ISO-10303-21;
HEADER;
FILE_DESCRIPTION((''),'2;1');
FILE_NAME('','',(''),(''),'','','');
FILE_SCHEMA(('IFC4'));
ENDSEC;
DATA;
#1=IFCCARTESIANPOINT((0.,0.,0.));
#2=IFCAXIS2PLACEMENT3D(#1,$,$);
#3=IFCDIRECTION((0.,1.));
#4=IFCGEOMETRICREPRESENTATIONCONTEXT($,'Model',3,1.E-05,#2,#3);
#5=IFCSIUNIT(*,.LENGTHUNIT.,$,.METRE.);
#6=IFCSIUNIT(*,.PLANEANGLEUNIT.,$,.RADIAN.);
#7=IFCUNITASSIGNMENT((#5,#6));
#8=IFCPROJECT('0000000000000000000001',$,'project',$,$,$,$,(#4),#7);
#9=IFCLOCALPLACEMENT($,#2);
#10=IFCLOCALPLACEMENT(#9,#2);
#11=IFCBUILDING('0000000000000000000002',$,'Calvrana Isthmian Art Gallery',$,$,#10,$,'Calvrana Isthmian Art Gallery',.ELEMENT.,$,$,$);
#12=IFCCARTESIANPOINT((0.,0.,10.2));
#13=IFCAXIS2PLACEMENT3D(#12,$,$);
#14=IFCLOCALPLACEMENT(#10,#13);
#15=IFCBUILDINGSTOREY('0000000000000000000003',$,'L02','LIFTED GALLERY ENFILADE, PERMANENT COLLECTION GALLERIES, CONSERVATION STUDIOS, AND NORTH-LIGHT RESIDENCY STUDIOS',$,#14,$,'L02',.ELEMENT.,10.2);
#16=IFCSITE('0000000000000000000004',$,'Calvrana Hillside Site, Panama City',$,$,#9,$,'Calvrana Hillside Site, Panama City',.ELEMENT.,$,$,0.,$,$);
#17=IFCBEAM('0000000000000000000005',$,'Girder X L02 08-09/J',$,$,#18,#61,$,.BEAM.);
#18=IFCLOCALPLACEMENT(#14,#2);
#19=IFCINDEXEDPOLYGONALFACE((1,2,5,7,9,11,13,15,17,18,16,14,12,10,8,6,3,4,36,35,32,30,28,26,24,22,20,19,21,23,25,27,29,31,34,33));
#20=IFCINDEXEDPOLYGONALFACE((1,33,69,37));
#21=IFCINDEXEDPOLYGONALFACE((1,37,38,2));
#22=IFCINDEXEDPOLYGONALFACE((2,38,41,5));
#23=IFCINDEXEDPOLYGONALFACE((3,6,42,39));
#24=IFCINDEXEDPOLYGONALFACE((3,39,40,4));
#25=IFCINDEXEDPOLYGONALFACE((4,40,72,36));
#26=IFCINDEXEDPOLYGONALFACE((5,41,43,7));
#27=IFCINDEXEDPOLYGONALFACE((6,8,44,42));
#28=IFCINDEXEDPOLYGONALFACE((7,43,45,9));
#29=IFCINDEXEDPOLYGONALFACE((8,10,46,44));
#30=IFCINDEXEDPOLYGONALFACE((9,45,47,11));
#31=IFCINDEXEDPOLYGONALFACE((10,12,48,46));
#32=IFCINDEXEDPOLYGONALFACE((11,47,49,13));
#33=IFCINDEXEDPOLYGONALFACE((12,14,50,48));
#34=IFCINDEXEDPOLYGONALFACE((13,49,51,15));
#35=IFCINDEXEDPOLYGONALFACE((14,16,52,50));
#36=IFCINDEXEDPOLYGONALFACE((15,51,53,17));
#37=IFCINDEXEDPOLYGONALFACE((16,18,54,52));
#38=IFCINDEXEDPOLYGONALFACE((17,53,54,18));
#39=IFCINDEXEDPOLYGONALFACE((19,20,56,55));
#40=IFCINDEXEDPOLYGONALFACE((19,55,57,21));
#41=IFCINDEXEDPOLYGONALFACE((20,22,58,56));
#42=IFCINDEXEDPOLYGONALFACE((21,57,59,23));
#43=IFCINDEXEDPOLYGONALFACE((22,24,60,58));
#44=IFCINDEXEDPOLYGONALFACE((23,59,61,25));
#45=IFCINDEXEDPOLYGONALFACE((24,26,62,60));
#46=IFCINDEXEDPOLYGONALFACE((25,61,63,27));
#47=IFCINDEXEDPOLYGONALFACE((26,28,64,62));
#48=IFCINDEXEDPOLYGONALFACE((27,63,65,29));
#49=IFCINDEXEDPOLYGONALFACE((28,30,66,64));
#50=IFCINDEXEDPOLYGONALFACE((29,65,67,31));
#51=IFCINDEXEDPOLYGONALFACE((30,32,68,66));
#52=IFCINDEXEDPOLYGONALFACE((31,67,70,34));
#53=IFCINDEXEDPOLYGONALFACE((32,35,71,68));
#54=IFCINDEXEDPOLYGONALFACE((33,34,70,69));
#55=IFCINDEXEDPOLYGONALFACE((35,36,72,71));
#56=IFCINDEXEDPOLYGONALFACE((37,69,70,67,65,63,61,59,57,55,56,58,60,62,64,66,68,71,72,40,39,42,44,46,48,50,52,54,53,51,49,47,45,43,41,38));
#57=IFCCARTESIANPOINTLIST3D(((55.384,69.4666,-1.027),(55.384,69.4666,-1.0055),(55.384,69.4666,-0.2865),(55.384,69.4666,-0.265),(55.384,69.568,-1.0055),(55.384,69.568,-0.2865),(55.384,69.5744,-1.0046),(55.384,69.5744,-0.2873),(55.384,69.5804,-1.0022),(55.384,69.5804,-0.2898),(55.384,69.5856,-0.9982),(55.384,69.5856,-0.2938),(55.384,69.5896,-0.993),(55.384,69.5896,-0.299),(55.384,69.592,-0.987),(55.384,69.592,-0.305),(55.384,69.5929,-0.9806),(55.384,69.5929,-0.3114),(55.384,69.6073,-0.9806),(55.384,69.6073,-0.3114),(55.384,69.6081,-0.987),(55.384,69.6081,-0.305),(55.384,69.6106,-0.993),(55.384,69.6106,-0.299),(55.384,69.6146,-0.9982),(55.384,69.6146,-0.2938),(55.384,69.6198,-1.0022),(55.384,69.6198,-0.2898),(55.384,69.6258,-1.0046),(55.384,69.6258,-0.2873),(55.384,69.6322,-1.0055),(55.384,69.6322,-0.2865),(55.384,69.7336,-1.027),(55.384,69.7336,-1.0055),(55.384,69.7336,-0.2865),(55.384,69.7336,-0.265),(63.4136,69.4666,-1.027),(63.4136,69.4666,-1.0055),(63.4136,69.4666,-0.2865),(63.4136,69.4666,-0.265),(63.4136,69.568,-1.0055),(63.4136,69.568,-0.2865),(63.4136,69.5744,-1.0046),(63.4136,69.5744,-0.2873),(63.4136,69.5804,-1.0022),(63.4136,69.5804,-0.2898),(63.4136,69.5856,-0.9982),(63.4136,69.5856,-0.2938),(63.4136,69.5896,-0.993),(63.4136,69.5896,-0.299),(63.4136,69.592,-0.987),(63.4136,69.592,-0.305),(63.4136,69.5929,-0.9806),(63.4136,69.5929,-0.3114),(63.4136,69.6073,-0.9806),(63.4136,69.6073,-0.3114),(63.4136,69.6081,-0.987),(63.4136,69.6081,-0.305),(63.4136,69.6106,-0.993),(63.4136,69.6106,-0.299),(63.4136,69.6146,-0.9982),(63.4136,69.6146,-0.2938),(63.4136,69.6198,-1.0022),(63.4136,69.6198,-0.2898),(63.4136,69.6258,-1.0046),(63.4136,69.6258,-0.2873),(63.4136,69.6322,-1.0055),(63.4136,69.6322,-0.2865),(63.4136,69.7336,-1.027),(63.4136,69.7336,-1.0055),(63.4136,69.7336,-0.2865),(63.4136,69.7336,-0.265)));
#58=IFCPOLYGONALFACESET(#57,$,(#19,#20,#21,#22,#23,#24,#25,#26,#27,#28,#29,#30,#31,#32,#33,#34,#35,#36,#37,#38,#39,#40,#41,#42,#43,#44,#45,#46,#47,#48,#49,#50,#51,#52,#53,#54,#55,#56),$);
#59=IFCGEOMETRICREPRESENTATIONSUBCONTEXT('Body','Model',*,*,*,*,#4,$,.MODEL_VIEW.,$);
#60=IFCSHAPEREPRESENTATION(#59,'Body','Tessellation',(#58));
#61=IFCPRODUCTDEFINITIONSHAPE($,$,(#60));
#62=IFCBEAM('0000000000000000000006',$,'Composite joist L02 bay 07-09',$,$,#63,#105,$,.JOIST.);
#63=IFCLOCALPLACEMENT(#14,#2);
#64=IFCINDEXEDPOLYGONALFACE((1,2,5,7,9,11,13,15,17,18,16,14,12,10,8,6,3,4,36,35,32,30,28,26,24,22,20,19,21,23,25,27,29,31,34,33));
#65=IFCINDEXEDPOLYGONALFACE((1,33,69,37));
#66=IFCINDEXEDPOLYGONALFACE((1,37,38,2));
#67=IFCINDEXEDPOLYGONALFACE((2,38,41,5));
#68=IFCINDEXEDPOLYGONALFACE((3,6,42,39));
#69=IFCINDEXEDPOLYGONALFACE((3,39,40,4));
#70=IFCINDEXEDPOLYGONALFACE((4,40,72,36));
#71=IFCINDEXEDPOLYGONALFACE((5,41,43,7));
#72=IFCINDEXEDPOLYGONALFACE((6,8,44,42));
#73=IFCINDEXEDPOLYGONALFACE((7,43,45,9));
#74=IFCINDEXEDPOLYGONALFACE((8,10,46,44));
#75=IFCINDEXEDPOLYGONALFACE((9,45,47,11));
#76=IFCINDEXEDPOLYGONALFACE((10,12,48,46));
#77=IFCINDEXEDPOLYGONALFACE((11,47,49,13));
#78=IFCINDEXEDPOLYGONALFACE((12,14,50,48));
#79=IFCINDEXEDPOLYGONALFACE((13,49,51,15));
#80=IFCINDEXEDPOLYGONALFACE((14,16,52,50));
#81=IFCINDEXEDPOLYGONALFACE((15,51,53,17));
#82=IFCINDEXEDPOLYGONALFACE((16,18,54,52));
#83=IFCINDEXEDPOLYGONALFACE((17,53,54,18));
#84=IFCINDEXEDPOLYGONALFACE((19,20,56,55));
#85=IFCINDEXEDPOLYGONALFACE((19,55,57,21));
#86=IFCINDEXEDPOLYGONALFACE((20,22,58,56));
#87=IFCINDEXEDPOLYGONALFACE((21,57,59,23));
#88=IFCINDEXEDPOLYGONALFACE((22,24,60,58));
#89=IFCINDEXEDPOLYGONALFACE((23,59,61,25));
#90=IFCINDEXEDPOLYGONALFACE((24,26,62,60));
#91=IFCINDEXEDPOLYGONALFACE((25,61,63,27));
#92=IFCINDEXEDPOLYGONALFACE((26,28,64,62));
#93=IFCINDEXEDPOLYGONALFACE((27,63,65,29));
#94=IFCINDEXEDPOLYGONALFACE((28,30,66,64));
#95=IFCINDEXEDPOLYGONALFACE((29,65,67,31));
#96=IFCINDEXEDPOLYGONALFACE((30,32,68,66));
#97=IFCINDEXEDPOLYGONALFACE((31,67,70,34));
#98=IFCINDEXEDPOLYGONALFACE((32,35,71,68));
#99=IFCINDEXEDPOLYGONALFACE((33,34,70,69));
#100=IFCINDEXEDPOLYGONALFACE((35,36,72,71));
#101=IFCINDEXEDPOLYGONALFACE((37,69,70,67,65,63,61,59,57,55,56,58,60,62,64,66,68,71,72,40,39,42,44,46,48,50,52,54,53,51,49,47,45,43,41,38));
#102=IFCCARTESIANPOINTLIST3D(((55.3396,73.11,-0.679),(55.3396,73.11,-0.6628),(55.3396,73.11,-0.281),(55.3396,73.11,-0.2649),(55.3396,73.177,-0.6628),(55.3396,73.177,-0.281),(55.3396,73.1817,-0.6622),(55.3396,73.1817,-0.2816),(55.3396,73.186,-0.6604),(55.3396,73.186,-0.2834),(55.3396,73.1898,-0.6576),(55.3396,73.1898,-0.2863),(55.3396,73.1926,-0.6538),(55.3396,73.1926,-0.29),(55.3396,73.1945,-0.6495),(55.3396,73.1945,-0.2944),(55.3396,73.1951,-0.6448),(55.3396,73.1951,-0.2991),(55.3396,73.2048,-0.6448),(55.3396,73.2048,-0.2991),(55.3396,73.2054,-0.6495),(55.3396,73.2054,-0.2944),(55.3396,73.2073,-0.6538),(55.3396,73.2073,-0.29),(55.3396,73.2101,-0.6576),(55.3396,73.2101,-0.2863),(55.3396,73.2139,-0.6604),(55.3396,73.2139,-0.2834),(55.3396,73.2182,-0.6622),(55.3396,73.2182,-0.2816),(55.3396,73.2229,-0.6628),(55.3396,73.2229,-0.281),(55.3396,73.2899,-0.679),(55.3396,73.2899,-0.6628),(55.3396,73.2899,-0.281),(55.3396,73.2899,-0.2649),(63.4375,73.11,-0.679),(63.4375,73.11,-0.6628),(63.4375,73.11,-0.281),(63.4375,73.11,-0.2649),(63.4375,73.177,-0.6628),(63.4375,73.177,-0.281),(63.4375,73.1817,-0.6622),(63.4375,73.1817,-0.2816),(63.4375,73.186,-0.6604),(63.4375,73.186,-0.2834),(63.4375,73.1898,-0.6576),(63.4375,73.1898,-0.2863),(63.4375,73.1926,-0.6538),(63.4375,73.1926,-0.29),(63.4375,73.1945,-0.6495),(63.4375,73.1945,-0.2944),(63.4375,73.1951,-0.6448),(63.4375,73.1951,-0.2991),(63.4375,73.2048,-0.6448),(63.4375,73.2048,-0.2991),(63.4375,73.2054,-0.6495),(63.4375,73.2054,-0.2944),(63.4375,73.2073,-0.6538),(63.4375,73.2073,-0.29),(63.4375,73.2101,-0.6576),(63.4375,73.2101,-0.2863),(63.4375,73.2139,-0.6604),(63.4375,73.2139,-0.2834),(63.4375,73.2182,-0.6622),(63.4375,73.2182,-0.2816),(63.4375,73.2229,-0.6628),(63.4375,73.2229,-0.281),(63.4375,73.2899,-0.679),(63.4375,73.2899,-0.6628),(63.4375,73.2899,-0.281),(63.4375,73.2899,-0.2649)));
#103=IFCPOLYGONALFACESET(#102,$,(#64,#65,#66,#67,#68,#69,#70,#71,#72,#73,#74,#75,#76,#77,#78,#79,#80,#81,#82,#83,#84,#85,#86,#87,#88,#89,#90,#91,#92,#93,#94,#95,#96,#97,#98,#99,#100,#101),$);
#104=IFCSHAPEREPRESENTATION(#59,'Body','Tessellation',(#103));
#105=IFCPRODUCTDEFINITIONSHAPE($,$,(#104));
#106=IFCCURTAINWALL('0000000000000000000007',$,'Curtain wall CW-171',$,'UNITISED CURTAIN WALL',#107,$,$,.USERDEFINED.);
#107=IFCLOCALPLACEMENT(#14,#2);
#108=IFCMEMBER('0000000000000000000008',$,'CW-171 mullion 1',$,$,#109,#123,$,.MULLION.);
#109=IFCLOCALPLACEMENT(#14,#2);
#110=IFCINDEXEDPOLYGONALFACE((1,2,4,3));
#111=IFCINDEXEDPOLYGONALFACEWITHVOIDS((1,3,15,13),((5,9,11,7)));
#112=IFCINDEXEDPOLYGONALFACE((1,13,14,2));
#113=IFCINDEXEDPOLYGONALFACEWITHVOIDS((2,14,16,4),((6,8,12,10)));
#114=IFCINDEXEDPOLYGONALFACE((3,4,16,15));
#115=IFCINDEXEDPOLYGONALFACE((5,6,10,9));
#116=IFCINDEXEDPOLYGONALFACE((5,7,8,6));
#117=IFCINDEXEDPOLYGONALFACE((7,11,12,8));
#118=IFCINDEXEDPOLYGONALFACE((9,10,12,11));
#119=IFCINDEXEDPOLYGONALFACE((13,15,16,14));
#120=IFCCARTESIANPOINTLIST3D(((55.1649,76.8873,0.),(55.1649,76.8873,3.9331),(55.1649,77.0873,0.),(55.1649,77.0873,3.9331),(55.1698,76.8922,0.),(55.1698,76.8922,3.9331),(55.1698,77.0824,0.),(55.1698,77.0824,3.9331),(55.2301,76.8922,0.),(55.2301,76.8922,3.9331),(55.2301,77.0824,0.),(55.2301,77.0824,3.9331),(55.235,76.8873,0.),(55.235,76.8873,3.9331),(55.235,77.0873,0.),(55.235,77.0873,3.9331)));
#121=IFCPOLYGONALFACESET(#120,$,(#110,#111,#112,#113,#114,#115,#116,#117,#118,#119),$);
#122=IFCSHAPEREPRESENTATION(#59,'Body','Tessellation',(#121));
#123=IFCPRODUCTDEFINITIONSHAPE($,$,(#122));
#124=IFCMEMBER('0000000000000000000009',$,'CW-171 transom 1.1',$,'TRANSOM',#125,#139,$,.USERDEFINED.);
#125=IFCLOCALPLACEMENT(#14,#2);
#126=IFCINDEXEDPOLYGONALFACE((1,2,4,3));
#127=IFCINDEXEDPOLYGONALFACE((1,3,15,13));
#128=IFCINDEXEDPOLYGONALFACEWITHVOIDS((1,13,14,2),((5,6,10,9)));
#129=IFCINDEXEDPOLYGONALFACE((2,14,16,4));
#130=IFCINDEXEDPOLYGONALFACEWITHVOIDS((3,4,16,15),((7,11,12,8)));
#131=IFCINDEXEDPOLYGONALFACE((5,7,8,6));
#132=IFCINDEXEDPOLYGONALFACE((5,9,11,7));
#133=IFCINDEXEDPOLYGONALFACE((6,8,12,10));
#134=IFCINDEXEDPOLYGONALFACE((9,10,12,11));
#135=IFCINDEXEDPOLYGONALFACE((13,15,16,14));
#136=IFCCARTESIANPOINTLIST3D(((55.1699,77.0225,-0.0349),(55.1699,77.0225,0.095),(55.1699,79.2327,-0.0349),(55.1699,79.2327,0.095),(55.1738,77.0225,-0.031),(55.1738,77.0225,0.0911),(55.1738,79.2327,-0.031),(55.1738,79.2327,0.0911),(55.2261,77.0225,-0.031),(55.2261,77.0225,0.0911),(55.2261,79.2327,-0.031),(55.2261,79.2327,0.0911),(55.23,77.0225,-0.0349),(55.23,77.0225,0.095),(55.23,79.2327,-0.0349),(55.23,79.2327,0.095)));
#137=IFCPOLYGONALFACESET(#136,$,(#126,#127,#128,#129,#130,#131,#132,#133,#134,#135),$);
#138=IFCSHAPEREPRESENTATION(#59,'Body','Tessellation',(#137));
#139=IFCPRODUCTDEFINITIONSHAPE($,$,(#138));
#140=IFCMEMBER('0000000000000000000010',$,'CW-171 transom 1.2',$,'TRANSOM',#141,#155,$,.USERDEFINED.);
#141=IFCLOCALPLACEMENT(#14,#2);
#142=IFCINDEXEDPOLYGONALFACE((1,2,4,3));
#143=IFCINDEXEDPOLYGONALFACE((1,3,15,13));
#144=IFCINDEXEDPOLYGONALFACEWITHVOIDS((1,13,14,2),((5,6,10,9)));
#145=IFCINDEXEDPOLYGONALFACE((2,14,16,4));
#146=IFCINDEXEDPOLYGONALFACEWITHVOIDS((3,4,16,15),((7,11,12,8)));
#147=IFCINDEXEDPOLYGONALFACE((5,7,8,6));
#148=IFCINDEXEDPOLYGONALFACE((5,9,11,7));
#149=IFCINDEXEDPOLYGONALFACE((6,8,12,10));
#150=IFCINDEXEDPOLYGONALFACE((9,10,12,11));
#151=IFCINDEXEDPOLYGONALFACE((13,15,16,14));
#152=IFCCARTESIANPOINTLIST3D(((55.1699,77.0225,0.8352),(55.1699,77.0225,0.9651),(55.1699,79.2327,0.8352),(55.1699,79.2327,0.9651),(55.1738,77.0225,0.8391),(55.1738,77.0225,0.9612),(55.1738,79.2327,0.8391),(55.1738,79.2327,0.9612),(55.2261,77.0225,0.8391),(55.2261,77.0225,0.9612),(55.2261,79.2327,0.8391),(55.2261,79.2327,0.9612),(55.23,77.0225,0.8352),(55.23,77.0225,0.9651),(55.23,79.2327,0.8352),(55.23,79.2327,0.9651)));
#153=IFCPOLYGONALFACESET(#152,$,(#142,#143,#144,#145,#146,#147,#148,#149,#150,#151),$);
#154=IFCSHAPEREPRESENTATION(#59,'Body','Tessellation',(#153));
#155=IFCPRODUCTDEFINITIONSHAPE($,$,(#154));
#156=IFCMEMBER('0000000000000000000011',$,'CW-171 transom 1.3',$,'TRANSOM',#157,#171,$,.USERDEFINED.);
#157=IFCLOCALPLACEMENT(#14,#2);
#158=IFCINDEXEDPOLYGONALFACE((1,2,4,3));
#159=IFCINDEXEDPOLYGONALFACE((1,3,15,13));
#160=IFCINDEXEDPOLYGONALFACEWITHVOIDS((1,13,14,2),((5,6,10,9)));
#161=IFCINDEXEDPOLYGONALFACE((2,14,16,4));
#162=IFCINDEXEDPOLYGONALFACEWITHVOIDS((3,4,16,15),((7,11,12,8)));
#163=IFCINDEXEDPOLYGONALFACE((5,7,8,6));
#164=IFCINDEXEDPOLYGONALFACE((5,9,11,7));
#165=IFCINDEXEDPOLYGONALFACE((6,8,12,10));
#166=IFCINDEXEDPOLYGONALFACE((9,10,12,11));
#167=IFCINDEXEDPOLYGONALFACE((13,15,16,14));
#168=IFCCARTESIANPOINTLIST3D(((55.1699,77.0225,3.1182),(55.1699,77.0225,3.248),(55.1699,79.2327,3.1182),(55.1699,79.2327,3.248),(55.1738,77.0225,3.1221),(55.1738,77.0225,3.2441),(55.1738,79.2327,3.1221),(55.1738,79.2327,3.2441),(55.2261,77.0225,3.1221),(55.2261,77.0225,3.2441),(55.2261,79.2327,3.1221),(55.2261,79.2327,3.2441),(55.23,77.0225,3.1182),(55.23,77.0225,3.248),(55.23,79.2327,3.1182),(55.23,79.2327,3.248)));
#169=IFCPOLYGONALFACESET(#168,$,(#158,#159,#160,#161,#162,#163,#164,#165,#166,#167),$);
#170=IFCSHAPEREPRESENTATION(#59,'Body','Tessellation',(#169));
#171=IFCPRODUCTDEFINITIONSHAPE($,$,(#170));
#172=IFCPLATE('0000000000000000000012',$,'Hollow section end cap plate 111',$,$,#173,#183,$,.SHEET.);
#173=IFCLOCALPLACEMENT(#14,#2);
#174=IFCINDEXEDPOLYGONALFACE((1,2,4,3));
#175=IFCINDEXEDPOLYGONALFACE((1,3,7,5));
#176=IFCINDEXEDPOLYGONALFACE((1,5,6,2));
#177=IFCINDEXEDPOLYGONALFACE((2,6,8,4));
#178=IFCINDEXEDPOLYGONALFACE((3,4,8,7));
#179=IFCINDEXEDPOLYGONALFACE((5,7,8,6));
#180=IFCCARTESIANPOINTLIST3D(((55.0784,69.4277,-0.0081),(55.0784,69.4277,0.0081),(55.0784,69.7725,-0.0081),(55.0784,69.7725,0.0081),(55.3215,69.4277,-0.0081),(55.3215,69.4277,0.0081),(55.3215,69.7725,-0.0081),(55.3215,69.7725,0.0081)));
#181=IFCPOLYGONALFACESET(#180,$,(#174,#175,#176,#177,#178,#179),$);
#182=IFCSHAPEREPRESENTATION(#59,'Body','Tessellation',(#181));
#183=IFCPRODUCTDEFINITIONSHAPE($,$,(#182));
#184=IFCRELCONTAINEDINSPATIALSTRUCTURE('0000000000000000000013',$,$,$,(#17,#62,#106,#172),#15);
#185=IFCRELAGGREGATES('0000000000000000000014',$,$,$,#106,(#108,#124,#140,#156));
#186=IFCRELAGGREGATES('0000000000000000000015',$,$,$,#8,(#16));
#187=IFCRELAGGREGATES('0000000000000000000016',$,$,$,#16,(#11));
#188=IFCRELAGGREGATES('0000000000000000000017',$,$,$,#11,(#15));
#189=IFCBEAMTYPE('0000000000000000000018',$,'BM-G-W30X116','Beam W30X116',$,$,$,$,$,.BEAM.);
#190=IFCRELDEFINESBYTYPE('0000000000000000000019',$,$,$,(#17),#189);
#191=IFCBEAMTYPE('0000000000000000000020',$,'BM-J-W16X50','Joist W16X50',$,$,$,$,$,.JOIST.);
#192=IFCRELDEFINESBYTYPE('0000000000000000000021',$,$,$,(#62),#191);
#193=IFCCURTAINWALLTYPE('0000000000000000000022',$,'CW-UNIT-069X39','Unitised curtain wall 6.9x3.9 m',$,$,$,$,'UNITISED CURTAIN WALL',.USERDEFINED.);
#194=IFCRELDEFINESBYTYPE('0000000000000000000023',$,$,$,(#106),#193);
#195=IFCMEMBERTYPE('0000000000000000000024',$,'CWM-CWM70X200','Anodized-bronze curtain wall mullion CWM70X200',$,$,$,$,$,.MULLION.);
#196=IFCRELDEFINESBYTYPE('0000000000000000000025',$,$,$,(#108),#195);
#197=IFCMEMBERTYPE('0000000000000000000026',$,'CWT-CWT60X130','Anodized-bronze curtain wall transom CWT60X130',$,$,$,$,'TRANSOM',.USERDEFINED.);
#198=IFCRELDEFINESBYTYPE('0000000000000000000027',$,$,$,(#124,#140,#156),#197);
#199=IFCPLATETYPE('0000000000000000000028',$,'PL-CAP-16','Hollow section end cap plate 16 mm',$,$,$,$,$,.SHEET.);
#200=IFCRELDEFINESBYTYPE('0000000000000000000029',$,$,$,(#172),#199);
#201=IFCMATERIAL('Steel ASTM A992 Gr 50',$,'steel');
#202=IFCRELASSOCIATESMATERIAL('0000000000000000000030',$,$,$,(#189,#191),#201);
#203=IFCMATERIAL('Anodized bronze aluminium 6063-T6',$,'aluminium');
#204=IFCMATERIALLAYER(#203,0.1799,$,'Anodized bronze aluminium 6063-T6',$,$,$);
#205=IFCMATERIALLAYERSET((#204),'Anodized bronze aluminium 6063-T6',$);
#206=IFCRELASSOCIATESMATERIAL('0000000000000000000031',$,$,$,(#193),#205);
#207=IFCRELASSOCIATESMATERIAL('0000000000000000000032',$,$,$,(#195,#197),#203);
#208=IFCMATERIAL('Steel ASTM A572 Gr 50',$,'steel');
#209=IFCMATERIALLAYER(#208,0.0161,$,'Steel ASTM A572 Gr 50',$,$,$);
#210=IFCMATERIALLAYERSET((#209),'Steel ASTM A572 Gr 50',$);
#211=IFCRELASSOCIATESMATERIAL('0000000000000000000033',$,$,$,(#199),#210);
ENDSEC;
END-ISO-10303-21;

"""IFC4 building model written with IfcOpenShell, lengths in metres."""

from ifc_helpers import new_model, si_unit, direction, frame, origin, origin_2d, place, context, subcontext, project, spatial, rectangle, hollow_rectangle, i_section, extrude, material, layer, layer_set, material_profile, profile_set, type_object, element, aggregate, save


model = new_model("IFC4")

# Units and contexts
model_context = context("Model", 3, precision=1e-05, world=origin(), true_north=direction((0.0, 1.0)))
body_context = subcontext(model_context, "Body", "Model", "MODEL_VIEW")
ifc_project = project(units=[si_unit("LENGTHUNIT", "METRE"), si_unit("PLANEANGLEUNIT", "RADIAN")], contexts=[model_context])

# Site, building, storey
site_placement = place(None, origin())
site = spatial("IfcSite", under=ifc_project, at=site_placement, Name="Calvrana Hillside Site, Panama City", LongName="Calvrana Hillside Site, Panama City", CompositionType="ELEMENT", RefElevation=0.0)
building_placement = place(site_placement, origin())
building = spatial("IfcBuilding", under=site, at=building_placement, Name="Calvrana Isthmian Art Gallery", LongName="Calvrana Isthmian Art Gallery", CompositionType="ELEMENT")
storey_placement = place(building_placement, frame((0.0, 0.0, 10.2)))
storey = spatial("IfcBuildingStorey", under=building, at=storey_placement, Name="L02", Description="LIFTED GALLERY ENFILADE, PERMANENT COLLECTION GALLERIES, CONSERVATION STUDIOS, AND NORTH-LIGHT RESIDENCY STUDIOS", LongName="L02", CompositionType="ELEMENT", Elevation=10.2)

# Beams
ifc_material_1 = material(Name="Steel ASTM A992 Gr 50", Category="steel")
ifc_material_profile_1 = material_profile(ifc_material_1, i_section(OverallWidth=0.2671, OverallDepth=0.762, WebThickness=0.0144, FlangeThickness=0.0215, FilletRadius=0.0249, at=origin_2d()), Name="W30X116")
ifc_profile_set_1 = profile_set([ifc_material_profile_1], Name="Steel ASTM A992 Gr 50")
beam_type_1 = type_object("IfcBeamType", Name="BM-G-W30X116", Description="Beam W30X116", PredefinedType="BEAM", material=ifc_profile_set_1)
beam_1_placement = place(storey_placement, frame((55.384, 69.6001, -0.646), z_axis=(1.0, 0.0, 0.0), x_axis=(0.0, 1.0, 0.0)))
element("IfcBeam", 1, at=beam_1_placement, inside=storey, type_object=beam_type_1, Name="Girder X L02 08-09/J", PredefinedType="BEAM", context=body_context, shape_type="SweptSolid", body=[
    extrude(i_section(OverallWidth=0.2671, OverallDepth=0.762, WebThickness=0.0144, FlangeThickness=0.0215, FilletRadius=0.0249, at=origin_2d()), origin(), (0.0, 0.0, 1.0), 8.0295),
])
ifc_material_profile_2 = material_profile(ifc_material_1, i_section(OverallWidth=0.1799, OverallDepth=0.4141, WebThickness=0.0098, FlangeThickness=0.0161, FilletRadius=0.0181, at=origin_2d()), Name="W16X50")
ifc_profile_set_2 = profile_set([ifc_material_profile_2], Name="Steel ASTM A992 Gr 50")
beam_type_2 = type_object("IfcBeamType", Name="BM-J-W16X50", Description="Joist W16X50", PredefinedType="JOIST", material=ifc_profile_set_2)
beam_2_placement = place(storey_placement, frame((55.3396, 73.2, -0.4719), z_axis=(1.0, 0.0, 0.0), x_axis=(0.0, 1.0, 0.0)))
element("IfcBeam", 2, at=beam_2_placement, inside=storey, type_object=beam_type_2, Name="Composite joist L02 bay 07-09", PredefinedType="JOIST", context=body_context, shape_type="SweptSolid", body=[
    extrude(i_section(OverallWidth=0.1799, OverallDepth=0.4141, WebThickness=0.0098, FlangeThickness=0.0161, FilletRadius=0.0181, at=origin_2d()), origin(), (0.0, 0.0, 1.0), 8.0979),
])

# Curtain wall, members
ifc_material_2 = material(Name="Anodized bronze aluminium 6063-T6", Category="aluminium")
ifc_layer_1 = layer(ifc_material_2, 0.1799, Name="Anodized bronze aluminium 6063-T6")
ifc_layer_set_1 = layer_set([ifc_layer_1], Name="Anodized bronze aluminium 6063-T6")
curtain_wall_type = type_object("IfcCurtainWallType", Name="CW-UNIT-069X39", Description="Unitised curtain wall 6.9x3.9 m", ElementType="UNITISED CURTAIN WALL", PredefinedType="USERDEFINED", material=ifc_layer_set_1)
curtain_wall_placement = place(storey_placement, origin())
curtain_wall = element("IfcCurtainWall", 3, at=curtain_wall_placement, inside=storey, type_object=curtain_wall_type, Name="Curtain wall CW-171", ObjectType="UNITISED CURTAIN WALL", PredefinedType="USERDEFINED")
ifc_material_profile_3 = material_profile(ifc_material_2, hollow_rectangle(XDim=0.0701, YDim=0.2, WallThickness=0.0049, at=origin_2d()), Name="CWM70X200")
ifc_profile_set_3 = profile_set([ifc_material_profile_3], Name="Anodized bronze aluminium 6063-T6")
member_type_1 = type_object("IfcMemberType", Name="CWM-CWM70X200", Description="Anodized-bronze curtain wall mullion CWM70X200", PredefinedType="MULLION", material=ifc_profile_set_3)
member_1_placement = place(storey_placement, frame((55.2, 76.9873, 0.0), z_axis=(0.0, 0.0, 1.0), x_axis=(-1.0, 0.0, 0.0)))
member_1 = element("IfcMember", 4, at=member_1_placement, type_object=member_type_1, Name="CW-171 mullion 1", PredefinedType="MULLION", context=body_context, shape_type="SweptSolid", body=[
    extrude(hollow_rectangle(XDim=0.0701, YDim=0.2, WallThickness=0.0049, at=origin_2d()), origin(), (0.0, 0.0, 1.0), 3.9331),
])
ifc_material_profile_4 = material_profile(ifc_material_2, hollow_rectangle(XDim=0.0601, YDim=0.1299, WallThickness=0.0039, at=origin_2d()), Name="CWT60X130")
ifc_profile_set_4 = profile_set([ifc_material_profile_4], Name="Anodized bronze aluminium 6063-T6")
member_type_2 = type_object("IfcMemberType", Name="CWT-CWT60X130", Description="Anodized-bronze curtain wall transom CWT60X130", ElementType="TRANSOM", PredefinedType="USERDEFINED", material=ifc_profile_set_4)
member_2_placement = place(storey_placement, frame((55.2, 77.0225, 0.03), z_axis=(0.0, 1.0, 0.0), x_axis=(-1.0, 0.0, 0.0)))
member_2 = element("IfcMember", 5, at=member_2_placement, type_object=member_type_2, Name="CW-171 transom 1.1", ObjectType="TRANSOM", PredefinedType="USERDEFINED", context=body_context, shape_type="SweptSolid", body=[
    extrude(hollow_rectangle(XDim=0.0601, YDim=0.1299, WallThickness=0.0039, at=origin_2d()), origin(), (0.0, 0.0, 1.0), 2.2102),
])
member_3_placement = place(storey_placement, frame((55.2, 77.0225, 0.9001), z_axis=(0.0, 1.0, 0.0), x_axis=(-1.0, 0.0, 0.0)))
member_3 = element("IfcMember", 6, at=member_3_placement, type_object=member_type_2, Name="CW-171 transom 1.2", ObjectType="TRANSOM", PredefinedType="USERDEFINED", context=body_context, shape_type="SweptSolid", body=[
    extrude(hollow_rectangle(XDim=0.0601, YDim=0.1299, WallThickness=0.0039, at=origin_2d()), origin(), (0.0, 0.0, 1.0), 2.2102),
])
member_4_placement = place(storey_placement, frame((55.2, 77.0225, 3.1831), z_axis=(0.0, 1.0, 0.0), x_axis=(-1.0, 0.0, 0.0)))
member_4 = element("IfcMember", 7, at=member_4_placement, type_object=member_type_2, Name="CW-171 transom 1.3", ObjectType="TRANSOM", PredefinedType="USERDEFINED", context=body_context, shape_type="SweptSolid", body=[
    extrude(hollow_rectangle(XDim=0.0601, YDim=0.1299, WallThickness=0.0039, at=origin_2d()), origin(), (0.0, 0.0, 1.0), 2.2102),
])
aggregate(curtain_wall, [member_1, member_2, member_3, member_4])

# Plate
ifc_material_3 = material(Name="Steel ASTM A572 Gr 50", Category="steel")
ifc_layer_2 = layer(ifc_material_3, 0.0161, Name="Steel ASTM A572 Gr 50")
ifc_layer_set_2 = layer_set([ifc_layer_2], Name="Steel ASTM A572 Gr 50")
plate_type = type_object("IfcPlateType", Name="PL-CAP-16", Description="Hollow section end cap plate 16 mm", PredefinedType="SHEET", material=ifc_layer_set_2)
for number, where, z_axis, x_axis, name in (
    (8, (55.2, 69.6001, -0.0081), (0.0, 0.0, 1.0), (1.0, 0.0, 0.0), "Hollow section end cap plate 111"),
):
    element("IfcPlate", number, at=place(storey_placement, frame(where, z_axis=z_axis, x_axis=x_axis)), inside=storey, type_object=plate_type, Name=name, PredefinedType="SHEET", context=body_context, shape_type="SweptSolid", body=[
        extrude(rectangle(XDim=0.2432, YDim=0.3447, at=origin_2d()), origin(), (0.0, 0.0, 1.0), 0.0161),
    ])

save(model, "model.ifc")
